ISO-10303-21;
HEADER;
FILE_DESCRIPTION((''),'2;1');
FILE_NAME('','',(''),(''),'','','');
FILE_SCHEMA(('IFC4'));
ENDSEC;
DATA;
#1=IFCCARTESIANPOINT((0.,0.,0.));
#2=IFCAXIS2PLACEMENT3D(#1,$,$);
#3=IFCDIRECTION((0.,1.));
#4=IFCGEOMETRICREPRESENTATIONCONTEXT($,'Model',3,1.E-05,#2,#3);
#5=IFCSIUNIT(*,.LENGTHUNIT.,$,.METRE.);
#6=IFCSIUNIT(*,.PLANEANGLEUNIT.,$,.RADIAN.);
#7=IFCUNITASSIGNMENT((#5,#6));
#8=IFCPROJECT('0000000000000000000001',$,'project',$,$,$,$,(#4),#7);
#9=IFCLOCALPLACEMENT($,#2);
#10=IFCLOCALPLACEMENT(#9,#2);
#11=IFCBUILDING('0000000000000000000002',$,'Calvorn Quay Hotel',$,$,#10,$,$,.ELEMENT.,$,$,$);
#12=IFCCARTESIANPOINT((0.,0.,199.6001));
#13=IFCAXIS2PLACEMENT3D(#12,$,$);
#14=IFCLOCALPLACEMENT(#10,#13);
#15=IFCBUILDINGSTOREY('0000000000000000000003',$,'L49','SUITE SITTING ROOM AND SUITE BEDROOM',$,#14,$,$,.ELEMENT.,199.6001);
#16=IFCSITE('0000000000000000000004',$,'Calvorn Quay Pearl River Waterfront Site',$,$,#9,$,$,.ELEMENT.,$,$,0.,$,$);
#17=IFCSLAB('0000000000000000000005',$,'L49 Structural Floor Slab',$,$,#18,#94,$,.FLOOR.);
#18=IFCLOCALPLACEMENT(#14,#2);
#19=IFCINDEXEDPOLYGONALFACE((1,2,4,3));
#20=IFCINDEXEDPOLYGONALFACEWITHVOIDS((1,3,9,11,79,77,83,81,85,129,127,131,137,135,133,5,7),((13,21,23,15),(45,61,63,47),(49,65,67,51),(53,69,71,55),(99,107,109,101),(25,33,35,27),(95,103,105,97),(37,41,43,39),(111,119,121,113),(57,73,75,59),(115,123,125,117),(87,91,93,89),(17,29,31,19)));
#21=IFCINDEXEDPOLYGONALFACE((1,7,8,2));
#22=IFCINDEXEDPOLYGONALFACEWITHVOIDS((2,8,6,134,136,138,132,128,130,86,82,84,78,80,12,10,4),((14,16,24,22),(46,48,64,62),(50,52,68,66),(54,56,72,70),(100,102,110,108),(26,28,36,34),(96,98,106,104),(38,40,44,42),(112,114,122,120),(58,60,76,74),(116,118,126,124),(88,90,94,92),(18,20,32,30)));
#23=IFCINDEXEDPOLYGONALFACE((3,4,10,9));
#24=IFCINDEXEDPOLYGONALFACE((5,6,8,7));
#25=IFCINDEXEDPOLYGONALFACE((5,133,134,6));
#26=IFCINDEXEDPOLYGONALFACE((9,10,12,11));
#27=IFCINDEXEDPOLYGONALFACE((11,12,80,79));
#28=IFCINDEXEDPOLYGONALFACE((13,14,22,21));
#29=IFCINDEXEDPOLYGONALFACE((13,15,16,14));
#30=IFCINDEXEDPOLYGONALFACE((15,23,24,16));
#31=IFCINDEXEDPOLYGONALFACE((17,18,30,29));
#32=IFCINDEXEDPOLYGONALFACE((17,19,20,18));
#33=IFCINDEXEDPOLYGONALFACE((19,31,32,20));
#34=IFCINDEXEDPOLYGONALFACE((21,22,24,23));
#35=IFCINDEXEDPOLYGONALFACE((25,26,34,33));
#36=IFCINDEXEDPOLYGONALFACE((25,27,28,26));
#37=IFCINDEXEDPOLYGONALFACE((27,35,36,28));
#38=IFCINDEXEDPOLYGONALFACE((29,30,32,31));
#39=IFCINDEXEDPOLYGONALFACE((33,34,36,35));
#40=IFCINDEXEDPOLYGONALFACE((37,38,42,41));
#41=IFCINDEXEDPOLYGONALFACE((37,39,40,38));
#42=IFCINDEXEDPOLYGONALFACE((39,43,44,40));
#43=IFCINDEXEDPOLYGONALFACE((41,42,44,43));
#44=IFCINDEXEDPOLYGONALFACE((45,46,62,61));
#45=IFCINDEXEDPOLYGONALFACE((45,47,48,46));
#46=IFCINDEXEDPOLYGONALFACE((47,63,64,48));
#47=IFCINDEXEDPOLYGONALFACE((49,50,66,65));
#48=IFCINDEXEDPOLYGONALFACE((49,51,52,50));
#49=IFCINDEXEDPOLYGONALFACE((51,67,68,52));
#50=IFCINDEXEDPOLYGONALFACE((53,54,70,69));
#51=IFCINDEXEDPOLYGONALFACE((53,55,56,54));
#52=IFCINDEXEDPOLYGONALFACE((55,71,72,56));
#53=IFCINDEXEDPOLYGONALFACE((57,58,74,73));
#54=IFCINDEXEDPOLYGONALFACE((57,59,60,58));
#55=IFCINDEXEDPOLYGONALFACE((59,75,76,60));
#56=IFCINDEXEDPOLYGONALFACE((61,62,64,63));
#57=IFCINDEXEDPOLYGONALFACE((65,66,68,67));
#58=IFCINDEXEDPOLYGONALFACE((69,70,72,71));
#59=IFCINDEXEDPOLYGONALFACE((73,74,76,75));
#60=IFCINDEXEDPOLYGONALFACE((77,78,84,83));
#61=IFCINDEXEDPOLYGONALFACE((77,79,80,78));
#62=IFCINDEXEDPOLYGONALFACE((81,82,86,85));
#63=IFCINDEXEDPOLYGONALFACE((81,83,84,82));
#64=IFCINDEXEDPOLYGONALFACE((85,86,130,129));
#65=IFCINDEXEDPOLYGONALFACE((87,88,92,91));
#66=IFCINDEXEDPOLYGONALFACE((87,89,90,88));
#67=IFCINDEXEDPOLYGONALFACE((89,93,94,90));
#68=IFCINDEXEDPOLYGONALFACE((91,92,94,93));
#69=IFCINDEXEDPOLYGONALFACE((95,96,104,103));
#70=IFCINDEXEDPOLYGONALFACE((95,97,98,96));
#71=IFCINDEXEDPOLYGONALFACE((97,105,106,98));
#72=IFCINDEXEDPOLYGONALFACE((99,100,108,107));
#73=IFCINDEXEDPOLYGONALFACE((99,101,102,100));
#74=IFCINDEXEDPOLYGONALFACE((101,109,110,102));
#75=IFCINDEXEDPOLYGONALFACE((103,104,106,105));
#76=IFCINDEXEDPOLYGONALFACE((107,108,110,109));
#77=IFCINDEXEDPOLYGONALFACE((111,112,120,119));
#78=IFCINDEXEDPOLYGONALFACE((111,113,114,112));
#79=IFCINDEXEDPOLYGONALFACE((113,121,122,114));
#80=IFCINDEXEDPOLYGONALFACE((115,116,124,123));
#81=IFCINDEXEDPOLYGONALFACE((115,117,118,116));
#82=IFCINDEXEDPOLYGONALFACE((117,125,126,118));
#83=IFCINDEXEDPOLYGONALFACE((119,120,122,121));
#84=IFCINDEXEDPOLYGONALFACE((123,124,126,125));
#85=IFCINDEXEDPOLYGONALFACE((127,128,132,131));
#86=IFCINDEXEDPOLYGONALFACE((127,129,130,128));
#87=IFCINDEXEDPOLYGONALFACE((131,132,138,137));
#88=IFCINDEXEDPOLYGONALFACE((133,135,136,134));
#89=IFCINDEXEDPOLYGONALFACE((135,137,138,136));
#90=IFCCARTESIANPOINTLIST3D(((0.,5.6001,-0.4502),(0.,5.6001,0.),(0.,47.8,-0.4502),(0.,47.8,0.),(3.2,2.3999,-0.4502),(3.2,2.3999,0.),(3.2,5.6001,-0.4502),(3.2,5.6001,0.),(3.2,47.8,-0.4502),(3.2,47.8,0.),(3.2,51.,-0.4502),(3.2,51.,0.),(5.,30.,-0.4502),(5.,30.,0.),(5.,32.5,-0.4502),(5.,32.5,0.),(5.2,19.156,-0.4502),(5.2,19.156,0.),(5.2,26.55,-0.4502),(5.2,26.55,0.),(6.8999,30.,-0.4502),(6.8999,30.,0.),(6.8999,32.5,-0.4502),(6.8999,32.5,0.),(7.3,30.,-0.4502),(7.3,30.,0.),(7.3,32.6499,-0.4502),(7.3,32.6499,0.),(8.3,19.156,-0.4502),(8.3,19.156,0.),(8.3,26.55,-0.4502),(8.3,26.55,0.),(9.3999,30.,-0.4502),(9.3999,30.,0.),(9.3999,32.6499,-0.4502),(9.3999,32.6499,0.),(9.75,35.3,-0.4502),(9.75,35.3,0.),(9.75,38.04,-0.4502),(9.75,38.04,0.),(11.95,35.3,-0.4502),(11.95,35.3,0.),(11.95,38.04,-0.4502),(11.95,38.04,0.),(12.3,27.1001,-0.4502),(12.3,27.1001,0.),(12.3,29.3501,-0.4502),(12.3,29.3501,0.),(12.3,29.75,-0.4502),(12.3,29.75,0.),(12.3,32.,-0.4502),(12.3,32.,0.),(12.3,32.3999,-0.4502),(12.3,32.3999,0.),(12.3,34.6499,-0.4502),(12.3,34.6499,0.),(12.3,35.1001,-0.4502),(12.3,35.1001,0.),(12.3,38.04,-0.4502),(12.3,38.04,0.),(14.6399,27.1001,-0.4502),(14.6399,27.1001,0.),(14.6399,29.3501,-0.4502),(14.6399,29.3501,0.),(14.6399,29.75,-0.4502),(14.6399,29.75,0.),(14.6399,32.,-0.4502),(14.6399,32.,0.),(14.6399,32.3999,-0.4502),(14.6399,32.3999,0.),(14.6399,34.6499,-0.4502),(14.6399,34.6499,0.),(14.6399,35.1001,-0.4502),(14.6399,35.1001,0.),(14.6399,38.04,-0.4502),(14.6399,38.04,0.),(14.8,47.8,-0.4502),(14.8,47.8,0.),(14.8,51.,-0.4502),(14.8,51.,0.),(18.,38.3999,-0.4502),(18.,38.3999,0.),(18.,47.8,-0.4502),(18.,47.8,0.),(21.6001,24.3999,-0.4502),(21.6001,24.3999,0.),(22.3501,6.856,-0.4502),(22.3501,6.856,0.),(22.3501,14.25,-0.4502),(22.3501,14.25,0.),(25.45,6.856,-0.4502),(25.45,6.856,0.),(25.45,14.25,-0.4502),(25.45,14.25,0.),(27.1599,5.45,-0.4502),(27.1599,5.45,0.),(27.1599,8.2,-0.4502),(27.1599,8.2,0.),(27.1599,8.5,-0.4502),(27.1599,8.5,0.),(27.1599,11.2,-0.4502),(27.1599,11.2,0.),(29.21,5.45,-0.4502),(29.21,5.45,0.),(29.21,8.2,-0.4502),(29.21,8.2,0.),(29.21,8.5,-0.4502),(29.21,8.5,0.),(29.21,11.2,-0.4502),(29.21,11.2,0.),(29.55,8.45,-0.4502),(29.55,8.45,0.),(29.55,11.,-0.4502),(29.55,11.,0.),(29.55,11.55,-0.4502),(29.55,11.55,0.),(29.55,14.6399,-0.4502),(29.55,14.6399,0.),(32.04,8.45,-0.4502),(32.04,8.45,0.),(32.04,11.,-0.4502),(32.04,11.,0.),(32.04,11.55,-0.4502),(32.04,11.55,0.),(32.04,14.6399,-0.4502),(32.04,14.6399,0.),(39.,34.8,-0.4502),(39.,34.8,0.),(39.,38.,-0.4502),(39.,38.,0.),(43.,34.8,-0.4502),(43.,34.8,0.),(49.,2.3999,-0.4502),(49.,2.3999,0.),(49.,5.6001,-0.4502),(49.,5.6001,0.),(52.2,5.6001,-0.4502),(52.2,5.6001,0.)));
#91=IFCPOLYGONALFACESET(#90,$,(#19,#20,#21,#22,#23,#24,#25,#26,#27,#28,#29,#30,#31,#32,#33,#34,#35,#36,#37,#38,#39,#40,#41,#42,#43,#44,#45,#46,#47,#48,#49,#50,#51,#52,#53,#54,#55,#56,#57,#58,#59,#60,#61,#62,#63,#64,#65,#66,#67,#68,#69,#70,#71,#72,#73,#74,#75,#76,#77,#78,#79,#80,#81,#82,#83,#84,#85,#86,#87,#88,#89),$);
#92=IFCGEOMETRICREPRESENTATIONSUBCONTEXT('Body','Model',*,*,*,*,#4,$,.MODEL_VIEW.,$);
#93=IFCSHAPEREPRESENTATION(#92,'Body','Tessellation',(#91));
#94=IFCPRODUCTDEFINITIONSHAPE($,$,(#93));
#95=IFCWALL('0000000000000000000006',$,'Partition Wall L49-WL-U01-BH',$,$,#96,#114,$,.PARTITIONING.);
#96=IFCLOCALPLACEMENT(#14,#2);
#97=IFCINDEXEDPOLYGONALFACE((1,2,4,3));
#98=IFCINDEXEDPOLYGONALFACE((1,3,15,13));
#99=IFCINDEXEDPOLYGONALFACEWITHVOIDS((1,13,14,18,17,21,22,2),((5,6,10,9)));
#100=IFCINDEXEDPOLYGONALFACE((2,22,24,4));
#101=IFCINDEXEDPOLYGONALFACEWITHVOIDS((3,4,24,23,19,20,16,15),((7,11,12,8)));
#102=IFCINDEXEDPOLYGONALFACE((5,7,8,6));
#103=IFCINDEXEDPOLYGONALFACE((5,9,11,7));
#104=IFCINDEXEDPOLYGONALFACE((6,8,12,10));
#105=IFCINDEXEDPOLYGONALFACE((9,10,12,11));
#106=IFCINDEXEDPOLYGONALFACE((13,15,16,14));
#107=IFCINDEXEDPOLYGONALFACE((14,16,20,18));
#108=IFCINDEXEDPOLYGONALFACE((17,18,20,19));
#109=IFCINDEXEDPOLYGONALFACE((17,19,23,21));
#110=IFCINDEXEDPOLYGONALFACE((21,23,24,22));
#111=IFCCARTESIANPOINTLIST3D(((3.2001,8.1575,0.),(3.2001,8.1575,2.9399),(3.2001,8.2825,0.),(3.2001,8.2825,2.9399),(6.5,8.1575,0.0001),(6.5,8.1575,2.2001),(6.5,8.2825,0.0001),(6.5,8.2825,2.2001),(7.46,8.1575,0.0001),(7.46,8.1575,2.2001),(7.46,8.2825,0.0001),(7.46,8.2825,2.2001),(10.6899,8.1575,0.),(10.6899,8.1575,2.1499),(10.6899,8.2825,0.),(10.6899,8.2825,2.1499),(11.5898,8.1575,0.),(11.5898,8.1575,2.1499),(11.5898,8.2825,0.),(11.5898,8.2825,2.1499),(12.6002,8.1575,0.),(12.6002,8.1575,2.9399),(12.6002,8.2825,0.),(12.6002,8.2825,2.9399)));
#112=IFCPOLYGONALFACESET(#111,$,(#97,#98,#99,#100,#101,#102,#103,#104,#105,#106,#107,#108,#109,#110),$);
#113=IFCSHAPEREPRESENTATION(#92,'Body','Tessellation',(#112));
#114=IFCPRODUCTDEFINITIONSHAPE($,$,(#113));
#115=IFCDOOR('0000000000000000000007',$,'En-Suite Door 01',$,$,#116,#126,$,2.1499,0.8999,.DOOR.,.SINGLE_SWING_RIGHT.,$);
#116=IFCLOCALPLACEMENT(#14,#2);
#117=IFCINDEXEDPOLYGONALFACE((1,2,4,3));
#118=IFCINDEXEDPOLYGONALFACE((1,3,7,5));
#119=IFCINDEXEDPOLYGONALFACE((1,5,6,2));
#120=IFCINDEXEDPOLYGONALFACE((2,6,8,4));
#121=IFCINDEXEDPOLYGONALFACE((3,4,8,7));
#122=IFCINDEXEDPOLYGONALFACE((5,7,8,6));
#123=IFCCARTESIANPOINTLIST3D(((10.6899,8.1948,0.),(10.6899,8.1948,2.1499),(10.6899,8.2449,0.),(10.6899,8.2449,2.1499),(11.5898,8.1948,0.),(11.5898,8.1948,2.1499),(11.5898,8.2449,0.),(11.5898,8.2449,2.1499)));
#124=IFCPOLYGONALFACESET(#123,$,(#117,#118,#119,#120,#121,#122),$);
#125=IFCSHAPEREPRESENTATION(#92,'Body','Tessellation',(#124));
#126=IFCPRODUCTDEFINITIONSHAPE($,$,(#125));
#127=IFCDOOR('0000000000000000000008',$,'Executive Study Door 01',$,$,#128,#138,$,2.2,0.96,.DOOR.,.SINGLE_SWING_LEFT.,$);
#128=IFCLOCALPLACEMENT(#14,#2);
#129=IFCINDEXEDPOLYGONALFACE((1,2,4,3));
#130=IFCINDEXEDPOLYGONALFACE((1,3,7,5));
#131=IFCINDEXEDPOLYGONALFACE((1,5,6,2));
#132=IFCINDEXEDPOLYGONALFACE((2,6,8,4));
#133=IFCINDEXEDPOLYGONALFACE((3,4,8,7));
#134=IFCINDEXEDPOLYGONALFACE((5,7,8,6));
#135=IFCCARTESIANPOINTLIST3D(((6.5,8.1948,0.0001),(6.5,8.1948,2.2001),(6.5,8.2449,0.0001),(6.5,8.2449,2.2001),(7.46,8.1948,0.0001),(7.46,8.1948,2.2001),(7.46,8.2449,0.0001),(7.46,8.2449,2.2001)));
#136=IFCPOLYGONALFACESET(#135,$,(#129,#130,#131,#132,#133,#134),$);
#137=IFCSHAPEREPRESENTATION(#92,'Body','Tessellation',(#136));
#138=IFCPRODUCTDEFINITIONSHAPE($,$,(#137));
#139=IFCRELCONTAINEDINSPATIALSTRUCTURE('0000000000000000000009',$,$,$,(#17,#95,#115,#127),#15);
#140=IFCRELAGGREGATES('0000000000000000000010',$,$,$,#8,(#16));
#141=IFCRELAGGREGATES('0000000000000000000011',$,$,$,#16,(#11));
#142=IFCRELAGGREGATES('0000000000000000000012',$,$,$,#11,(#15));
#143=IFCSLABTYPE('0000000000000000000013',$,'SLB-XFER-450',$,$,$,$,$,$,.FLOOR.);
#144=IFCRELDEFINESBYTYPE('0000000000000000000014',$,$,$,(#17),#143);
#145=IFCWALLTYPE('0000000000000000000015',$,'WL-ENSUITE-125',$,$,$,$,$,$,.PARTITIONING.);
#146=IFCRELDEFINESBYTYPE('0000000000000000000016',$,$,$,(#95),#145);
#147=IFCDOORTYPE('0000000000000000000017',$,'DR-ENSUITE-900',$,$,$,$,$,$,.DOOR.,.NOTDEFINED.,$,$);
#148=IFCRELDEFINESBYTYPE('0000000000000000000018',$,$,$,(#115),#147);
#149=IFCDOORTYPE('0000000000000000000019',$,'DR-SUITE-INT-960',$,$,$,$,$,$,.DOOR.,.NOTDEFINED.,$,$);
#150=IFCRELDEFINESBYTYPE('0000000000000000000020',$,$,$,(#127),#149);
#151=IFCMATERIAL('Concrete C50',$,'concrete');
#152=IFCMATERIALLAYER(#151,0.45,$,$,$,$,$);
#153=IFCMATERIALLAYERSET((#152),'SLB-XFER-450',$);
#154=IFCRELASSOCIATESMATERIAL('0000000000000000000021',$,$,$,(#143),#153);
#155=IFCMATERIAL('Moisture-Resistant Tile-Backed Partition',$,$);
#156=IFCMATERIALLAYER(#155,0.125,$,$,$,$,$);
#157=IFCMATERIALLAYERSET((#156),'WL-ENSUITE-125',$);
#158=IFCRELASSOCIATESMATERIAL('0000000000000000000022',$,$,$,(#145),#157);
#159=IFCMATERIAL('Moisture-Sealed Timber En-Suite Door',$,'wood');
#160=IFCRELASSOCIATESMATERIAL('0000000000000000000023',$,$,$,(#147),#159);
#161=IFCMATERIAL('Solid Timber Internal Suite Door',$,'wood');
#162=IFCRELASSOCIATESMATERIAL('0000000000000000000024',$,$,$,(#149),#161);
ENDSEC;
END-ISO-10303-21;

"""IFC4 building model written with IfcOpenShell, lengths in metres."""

from ifc_helpers import new_model, si_unit, direction, frame, frame_2d, origin, place, context, subcontext, project, spatial, polyline, rectangle, outline, extrude, material, layer, layer_set, type_object, element, fill, save


model = new_model("IFC4")

# Units and contexts
model_context = context("Model", 3, precision=1e-05, world=origin(), true_north=direction((0.0, 1.0)))
body_context = subcontext(model_context, "Body", "Model", "MODEL_VIEW")
ifc_project = project(units=[si_unit("LENGTHUNIT", "METRE"), si_unit("PLANEANGLEUNIT", "RADIAN")], contexts=[model_context])

# Site, building, storey
site_placement = place(None, origin())
site = spatial("IfcSite", under=ifc_project, at=site_placement, Name="Calvorn Quay Pearl River Waterfront Site", CompositionType="ELEMENT", RefElevation=0.0)
building_placement = place(site_placement, origin())
building = spatial("IfcBuilding", under=site, at=building_placement, Name="Calvorn Quay Hotel", CompositionType="ELEMENT")
storey_placement = place(building_placement, frame((0.0, 0.0, 199.6001)))
storey = spatial("IfcBuildingStorey", under=building, at=storey_placement, Name="L49", Description="SUITE SITTING ROOM AND SUITE BEDROOM", CompositionType="ELEMENT", Elevation=199.6001)

# Slab
ifc_material_1 = material(Name="Concrete C50", Category="concrete")
ifc_layer_1 = layer(ifc_material_1, 0.45)
ifc_layer_set_1 = layer_set([ifc_layer_1], Name="SLB-XFER-450")
slab_type_1 = type_object("IfcSlabType", Name="SLB-XFER-450", PredefinedType="FLOOR", material=ifc_layer_set_1)
slab_1_placement = place(storey_placement, frame((0.0, 0.0, -0.4502)))
element("IfcSlab", 1, at=slab_1_placement, inside=storey, type_object=slab_type_1, Name="L49 Structural Floor Slab", PredefinedType="FLOOR", context=body_context, shape_type="SweptSolid", body=[
    extrude(outline(polyline([(0.0, 5.6001), (3.2, 5.6001), (3.2, 2.3999), (49.0, 2.3999), (49.0, 5.6001), (52.2, 5.6001), (43.0, 34.8), (39.0, 34.8), (39.0, 38.0), (21.6001, 24.3999), (18.0, 38.3999), (18.0, 47.8), (14.8, 47.8), (14.8, 51.0), (3.2, 51.0), (3.2, 47.8), (0.0, 47.8), (0.0, 5.6001)]), holes=[polyline([(5.2, 19.156), (8.3, 19.156), (8.3, 26.55), (5.2, 26.55), (5.2, 19.156)]), polyline([(22.3501, 6.856), (25.45, 6.856), (25.45, 14.25), (22.3501, 14.25), (22.3501, 6.856)]), polyline([(5.0, 30.0), (6.8999, 30.0), (6.8999, 32.5), (5.0, 32.5), (5.0, 30.0)]), polyline([(7.3, 30.0), (9.3999, 30.0), (9.3999, 32.6499), (7.3, 32.6499), (7.3, 30.0)]), polyline([(27.1599, 8.5), (29.21, 8.5), (29.21, 11.2), (27.1599, 11.2), (27.1599, 8.5)]), polyline([(27.1599, 5.45), (29.21, 5.45), (29.21, 8.2), (27.1599, 8.2), (27.1599, 5.45)]), polyline([(12.3, 27.1001), (14.6399, 27.1001), (14.6399, 29.3501), (12.3, 29.3501), (12.3, 27.1001)]), polyline([(12.3, 29.75), (14.6399, 29.75), (14.6399, 32.0), (12.3, 32.0), (12.3, 29.75)]), polyline([(12.3, 32.3999), (14.6399, 32.3999), (14.6399, 34.6499), (12.3, 34.6499), (12.3, 32.3999)]), polyline([(12.3, 35.1001), (14.6399, 35.1001), (14.6399, 38.04), (12.3, 38.04), (12.3, 35.1001)]), polyline([(9.75, 35.3), (11.95, 35.3), (11.95, 38.04), (9.75, 38.04), (9.75, 35.3)]), polyline([(29.55, 11.55), (32.04, 11.55), (32.04, 14.6399), (29.55, 14.6399), (29.55, 11.55)]), polyline([(29.55, 8.45), (32.04, 8.45), (32.04, 11.0), (29.55, 11.0), (29.55, 8.45)])]), origin(), (0.0, 0.0, 1.0), 0.4502),
])

# Wall, openings, doors
ifc_material_2 = material(Name="Moisture-Resistant Tile-Backed Partition")
ifc_layer_2 = layer(ifc_material_2, 0.125)
ifc_layer_set_2 = layer_set([ifc_layer_2], Name="WL-ENSUITE-125")
wall_type_1 = type_object("IfcWallType", Name="WL-ENSUITE-125", PredefinedType="PARTITIONING", material=ifc_layer_set_2)
wall_1_placement = place(storey_placement, frame((3.2, 8.22, 0.0), z_axis=(0.0, 0.0, 1.0), x_axis=(1.0, 0.0, 0.0)))
wall_1 = element("IfcWall", 2, at=wall_1_placement, inside=storey, type_object=wall_type_1, Name="Partition Wall L49-WL-U01-BH", PredefinedType="PARTITIONING", context=body_context, shape_type="SweptSolid", body=[
    extrude(rectangle(XDim=9.4001, YDim=0.125, at=frame_2d((4.7002, 0.0))), origin(), (0.0, 0.0, 1.0), 2.9399),
])
opening_1_placement = place(wall_1_placement, frame((3.3, 0.0, 0.0)))
opening_1 = element("IfcOpeningElement", 3, at=opening_1_placement, cuts=wall_1, PredefinedType="OPENING", context=body_context, shape_type="SweptSolid", body=[
    extrude(rectangle(XDim=0.96, YDim=2.2, at=frame_2d((0.48, 1.1001))), frame((0.0, 0.0725, 0.0), z_axis=(0.0, -1.0, 0.0), x_axis=(1.0, 0.0, 0.0)), (0.0, 0.0, 1.0), 0.145),
])
opening_2_placement = place(wall_1_placement, frame((7.49, 0.0, 0.0)))
opening_2 = element("IfcOpeningElement", 4, at=opening_2_placement, cuts=wall_1, PredefinedType="OPENING", context=body_context, shape_type="SweptSolid", body=[
    extrude(rectangle(XDim=0.8999, YDim=2.1499, at=frame_2d((0.45, 1.075))), frame((0.0, 0.0725, 0.0), z_axis=(0.0, -1.0, 0.0), x_axis=(1.0, 0.0, 0.0)), (0.0, 0.0, 1.0), 0.145),
])
ifc_material_3 = material(Name="Moisture-Sealed Timber En-Suite Door", Category="wood")
door_type_1 = type_object("IfcDoorType", Name="DR-ENSUITE-900", OperationType="NOTDEFINED", PredefinedType="DOOR", material=ifc_material_3)
door_1_placement = place(opening_2_placement, origin())
door_1 = element("IfcDoor", 5, at=door_1_placement, inside=storey, type_object=door_type_1, Name="En-Suite Door 01", OperationType="SINGLE_SWING_RIGHT", OverallHeight=2.1499, OverallWidth=0.8999, PredefinedType="DOOR", context=body_context, shape_type="SweptSolid", body=[
    extrude(rectangle(XDim=0.8999, YDim=2.1499, at=frame_2d((0.45, 1.075))), frame((0.0, 0.0249, 0.0), z_axis=(0.0, -1.0, 0.0), x_axis=(1.0, 0.0, 0.0)), (0.0, 0.0, 1.0), 0.05),
])
fill(opening_2, door_1)
ifc_material_4 = material(Name="Solid Timber Internal Suite Door", Category="wood")
door_type_2 = type_object("IfcDoorType", Name="DR-SUITE-INT-960", OperationType="NOTDEFINED", PredefinedType="DOOR", material=ifc_material_4)
door_2_placement = place(opening_1_placement, origin())
door_2 = element("IfcDoor", 6, at=door_2_placement, inside=storey, type_object=door_type_2, Name="Executive Study Door 01", OperationType="SINGLE_SWING_LEFT", OverallHeight=2.2, OverallWidth=0.96, PredefinedType="DOOR", context=body_context, shape_type="SweptSolid", body=[
    extrude(rectangle(XDim=0.96, YDim=2.2, at=frame_2d((0.48, 1.1001))), frame((0.0, 0.0249, 0.0), z_axis=(0.0, -1.0, 0.0), x_axis=(1.0, 0.0, 0.0)), (0.0, 0.0, 1.0), 0.05),
])
fill(opening_1, door_2)

save(model, "model.ifc")
